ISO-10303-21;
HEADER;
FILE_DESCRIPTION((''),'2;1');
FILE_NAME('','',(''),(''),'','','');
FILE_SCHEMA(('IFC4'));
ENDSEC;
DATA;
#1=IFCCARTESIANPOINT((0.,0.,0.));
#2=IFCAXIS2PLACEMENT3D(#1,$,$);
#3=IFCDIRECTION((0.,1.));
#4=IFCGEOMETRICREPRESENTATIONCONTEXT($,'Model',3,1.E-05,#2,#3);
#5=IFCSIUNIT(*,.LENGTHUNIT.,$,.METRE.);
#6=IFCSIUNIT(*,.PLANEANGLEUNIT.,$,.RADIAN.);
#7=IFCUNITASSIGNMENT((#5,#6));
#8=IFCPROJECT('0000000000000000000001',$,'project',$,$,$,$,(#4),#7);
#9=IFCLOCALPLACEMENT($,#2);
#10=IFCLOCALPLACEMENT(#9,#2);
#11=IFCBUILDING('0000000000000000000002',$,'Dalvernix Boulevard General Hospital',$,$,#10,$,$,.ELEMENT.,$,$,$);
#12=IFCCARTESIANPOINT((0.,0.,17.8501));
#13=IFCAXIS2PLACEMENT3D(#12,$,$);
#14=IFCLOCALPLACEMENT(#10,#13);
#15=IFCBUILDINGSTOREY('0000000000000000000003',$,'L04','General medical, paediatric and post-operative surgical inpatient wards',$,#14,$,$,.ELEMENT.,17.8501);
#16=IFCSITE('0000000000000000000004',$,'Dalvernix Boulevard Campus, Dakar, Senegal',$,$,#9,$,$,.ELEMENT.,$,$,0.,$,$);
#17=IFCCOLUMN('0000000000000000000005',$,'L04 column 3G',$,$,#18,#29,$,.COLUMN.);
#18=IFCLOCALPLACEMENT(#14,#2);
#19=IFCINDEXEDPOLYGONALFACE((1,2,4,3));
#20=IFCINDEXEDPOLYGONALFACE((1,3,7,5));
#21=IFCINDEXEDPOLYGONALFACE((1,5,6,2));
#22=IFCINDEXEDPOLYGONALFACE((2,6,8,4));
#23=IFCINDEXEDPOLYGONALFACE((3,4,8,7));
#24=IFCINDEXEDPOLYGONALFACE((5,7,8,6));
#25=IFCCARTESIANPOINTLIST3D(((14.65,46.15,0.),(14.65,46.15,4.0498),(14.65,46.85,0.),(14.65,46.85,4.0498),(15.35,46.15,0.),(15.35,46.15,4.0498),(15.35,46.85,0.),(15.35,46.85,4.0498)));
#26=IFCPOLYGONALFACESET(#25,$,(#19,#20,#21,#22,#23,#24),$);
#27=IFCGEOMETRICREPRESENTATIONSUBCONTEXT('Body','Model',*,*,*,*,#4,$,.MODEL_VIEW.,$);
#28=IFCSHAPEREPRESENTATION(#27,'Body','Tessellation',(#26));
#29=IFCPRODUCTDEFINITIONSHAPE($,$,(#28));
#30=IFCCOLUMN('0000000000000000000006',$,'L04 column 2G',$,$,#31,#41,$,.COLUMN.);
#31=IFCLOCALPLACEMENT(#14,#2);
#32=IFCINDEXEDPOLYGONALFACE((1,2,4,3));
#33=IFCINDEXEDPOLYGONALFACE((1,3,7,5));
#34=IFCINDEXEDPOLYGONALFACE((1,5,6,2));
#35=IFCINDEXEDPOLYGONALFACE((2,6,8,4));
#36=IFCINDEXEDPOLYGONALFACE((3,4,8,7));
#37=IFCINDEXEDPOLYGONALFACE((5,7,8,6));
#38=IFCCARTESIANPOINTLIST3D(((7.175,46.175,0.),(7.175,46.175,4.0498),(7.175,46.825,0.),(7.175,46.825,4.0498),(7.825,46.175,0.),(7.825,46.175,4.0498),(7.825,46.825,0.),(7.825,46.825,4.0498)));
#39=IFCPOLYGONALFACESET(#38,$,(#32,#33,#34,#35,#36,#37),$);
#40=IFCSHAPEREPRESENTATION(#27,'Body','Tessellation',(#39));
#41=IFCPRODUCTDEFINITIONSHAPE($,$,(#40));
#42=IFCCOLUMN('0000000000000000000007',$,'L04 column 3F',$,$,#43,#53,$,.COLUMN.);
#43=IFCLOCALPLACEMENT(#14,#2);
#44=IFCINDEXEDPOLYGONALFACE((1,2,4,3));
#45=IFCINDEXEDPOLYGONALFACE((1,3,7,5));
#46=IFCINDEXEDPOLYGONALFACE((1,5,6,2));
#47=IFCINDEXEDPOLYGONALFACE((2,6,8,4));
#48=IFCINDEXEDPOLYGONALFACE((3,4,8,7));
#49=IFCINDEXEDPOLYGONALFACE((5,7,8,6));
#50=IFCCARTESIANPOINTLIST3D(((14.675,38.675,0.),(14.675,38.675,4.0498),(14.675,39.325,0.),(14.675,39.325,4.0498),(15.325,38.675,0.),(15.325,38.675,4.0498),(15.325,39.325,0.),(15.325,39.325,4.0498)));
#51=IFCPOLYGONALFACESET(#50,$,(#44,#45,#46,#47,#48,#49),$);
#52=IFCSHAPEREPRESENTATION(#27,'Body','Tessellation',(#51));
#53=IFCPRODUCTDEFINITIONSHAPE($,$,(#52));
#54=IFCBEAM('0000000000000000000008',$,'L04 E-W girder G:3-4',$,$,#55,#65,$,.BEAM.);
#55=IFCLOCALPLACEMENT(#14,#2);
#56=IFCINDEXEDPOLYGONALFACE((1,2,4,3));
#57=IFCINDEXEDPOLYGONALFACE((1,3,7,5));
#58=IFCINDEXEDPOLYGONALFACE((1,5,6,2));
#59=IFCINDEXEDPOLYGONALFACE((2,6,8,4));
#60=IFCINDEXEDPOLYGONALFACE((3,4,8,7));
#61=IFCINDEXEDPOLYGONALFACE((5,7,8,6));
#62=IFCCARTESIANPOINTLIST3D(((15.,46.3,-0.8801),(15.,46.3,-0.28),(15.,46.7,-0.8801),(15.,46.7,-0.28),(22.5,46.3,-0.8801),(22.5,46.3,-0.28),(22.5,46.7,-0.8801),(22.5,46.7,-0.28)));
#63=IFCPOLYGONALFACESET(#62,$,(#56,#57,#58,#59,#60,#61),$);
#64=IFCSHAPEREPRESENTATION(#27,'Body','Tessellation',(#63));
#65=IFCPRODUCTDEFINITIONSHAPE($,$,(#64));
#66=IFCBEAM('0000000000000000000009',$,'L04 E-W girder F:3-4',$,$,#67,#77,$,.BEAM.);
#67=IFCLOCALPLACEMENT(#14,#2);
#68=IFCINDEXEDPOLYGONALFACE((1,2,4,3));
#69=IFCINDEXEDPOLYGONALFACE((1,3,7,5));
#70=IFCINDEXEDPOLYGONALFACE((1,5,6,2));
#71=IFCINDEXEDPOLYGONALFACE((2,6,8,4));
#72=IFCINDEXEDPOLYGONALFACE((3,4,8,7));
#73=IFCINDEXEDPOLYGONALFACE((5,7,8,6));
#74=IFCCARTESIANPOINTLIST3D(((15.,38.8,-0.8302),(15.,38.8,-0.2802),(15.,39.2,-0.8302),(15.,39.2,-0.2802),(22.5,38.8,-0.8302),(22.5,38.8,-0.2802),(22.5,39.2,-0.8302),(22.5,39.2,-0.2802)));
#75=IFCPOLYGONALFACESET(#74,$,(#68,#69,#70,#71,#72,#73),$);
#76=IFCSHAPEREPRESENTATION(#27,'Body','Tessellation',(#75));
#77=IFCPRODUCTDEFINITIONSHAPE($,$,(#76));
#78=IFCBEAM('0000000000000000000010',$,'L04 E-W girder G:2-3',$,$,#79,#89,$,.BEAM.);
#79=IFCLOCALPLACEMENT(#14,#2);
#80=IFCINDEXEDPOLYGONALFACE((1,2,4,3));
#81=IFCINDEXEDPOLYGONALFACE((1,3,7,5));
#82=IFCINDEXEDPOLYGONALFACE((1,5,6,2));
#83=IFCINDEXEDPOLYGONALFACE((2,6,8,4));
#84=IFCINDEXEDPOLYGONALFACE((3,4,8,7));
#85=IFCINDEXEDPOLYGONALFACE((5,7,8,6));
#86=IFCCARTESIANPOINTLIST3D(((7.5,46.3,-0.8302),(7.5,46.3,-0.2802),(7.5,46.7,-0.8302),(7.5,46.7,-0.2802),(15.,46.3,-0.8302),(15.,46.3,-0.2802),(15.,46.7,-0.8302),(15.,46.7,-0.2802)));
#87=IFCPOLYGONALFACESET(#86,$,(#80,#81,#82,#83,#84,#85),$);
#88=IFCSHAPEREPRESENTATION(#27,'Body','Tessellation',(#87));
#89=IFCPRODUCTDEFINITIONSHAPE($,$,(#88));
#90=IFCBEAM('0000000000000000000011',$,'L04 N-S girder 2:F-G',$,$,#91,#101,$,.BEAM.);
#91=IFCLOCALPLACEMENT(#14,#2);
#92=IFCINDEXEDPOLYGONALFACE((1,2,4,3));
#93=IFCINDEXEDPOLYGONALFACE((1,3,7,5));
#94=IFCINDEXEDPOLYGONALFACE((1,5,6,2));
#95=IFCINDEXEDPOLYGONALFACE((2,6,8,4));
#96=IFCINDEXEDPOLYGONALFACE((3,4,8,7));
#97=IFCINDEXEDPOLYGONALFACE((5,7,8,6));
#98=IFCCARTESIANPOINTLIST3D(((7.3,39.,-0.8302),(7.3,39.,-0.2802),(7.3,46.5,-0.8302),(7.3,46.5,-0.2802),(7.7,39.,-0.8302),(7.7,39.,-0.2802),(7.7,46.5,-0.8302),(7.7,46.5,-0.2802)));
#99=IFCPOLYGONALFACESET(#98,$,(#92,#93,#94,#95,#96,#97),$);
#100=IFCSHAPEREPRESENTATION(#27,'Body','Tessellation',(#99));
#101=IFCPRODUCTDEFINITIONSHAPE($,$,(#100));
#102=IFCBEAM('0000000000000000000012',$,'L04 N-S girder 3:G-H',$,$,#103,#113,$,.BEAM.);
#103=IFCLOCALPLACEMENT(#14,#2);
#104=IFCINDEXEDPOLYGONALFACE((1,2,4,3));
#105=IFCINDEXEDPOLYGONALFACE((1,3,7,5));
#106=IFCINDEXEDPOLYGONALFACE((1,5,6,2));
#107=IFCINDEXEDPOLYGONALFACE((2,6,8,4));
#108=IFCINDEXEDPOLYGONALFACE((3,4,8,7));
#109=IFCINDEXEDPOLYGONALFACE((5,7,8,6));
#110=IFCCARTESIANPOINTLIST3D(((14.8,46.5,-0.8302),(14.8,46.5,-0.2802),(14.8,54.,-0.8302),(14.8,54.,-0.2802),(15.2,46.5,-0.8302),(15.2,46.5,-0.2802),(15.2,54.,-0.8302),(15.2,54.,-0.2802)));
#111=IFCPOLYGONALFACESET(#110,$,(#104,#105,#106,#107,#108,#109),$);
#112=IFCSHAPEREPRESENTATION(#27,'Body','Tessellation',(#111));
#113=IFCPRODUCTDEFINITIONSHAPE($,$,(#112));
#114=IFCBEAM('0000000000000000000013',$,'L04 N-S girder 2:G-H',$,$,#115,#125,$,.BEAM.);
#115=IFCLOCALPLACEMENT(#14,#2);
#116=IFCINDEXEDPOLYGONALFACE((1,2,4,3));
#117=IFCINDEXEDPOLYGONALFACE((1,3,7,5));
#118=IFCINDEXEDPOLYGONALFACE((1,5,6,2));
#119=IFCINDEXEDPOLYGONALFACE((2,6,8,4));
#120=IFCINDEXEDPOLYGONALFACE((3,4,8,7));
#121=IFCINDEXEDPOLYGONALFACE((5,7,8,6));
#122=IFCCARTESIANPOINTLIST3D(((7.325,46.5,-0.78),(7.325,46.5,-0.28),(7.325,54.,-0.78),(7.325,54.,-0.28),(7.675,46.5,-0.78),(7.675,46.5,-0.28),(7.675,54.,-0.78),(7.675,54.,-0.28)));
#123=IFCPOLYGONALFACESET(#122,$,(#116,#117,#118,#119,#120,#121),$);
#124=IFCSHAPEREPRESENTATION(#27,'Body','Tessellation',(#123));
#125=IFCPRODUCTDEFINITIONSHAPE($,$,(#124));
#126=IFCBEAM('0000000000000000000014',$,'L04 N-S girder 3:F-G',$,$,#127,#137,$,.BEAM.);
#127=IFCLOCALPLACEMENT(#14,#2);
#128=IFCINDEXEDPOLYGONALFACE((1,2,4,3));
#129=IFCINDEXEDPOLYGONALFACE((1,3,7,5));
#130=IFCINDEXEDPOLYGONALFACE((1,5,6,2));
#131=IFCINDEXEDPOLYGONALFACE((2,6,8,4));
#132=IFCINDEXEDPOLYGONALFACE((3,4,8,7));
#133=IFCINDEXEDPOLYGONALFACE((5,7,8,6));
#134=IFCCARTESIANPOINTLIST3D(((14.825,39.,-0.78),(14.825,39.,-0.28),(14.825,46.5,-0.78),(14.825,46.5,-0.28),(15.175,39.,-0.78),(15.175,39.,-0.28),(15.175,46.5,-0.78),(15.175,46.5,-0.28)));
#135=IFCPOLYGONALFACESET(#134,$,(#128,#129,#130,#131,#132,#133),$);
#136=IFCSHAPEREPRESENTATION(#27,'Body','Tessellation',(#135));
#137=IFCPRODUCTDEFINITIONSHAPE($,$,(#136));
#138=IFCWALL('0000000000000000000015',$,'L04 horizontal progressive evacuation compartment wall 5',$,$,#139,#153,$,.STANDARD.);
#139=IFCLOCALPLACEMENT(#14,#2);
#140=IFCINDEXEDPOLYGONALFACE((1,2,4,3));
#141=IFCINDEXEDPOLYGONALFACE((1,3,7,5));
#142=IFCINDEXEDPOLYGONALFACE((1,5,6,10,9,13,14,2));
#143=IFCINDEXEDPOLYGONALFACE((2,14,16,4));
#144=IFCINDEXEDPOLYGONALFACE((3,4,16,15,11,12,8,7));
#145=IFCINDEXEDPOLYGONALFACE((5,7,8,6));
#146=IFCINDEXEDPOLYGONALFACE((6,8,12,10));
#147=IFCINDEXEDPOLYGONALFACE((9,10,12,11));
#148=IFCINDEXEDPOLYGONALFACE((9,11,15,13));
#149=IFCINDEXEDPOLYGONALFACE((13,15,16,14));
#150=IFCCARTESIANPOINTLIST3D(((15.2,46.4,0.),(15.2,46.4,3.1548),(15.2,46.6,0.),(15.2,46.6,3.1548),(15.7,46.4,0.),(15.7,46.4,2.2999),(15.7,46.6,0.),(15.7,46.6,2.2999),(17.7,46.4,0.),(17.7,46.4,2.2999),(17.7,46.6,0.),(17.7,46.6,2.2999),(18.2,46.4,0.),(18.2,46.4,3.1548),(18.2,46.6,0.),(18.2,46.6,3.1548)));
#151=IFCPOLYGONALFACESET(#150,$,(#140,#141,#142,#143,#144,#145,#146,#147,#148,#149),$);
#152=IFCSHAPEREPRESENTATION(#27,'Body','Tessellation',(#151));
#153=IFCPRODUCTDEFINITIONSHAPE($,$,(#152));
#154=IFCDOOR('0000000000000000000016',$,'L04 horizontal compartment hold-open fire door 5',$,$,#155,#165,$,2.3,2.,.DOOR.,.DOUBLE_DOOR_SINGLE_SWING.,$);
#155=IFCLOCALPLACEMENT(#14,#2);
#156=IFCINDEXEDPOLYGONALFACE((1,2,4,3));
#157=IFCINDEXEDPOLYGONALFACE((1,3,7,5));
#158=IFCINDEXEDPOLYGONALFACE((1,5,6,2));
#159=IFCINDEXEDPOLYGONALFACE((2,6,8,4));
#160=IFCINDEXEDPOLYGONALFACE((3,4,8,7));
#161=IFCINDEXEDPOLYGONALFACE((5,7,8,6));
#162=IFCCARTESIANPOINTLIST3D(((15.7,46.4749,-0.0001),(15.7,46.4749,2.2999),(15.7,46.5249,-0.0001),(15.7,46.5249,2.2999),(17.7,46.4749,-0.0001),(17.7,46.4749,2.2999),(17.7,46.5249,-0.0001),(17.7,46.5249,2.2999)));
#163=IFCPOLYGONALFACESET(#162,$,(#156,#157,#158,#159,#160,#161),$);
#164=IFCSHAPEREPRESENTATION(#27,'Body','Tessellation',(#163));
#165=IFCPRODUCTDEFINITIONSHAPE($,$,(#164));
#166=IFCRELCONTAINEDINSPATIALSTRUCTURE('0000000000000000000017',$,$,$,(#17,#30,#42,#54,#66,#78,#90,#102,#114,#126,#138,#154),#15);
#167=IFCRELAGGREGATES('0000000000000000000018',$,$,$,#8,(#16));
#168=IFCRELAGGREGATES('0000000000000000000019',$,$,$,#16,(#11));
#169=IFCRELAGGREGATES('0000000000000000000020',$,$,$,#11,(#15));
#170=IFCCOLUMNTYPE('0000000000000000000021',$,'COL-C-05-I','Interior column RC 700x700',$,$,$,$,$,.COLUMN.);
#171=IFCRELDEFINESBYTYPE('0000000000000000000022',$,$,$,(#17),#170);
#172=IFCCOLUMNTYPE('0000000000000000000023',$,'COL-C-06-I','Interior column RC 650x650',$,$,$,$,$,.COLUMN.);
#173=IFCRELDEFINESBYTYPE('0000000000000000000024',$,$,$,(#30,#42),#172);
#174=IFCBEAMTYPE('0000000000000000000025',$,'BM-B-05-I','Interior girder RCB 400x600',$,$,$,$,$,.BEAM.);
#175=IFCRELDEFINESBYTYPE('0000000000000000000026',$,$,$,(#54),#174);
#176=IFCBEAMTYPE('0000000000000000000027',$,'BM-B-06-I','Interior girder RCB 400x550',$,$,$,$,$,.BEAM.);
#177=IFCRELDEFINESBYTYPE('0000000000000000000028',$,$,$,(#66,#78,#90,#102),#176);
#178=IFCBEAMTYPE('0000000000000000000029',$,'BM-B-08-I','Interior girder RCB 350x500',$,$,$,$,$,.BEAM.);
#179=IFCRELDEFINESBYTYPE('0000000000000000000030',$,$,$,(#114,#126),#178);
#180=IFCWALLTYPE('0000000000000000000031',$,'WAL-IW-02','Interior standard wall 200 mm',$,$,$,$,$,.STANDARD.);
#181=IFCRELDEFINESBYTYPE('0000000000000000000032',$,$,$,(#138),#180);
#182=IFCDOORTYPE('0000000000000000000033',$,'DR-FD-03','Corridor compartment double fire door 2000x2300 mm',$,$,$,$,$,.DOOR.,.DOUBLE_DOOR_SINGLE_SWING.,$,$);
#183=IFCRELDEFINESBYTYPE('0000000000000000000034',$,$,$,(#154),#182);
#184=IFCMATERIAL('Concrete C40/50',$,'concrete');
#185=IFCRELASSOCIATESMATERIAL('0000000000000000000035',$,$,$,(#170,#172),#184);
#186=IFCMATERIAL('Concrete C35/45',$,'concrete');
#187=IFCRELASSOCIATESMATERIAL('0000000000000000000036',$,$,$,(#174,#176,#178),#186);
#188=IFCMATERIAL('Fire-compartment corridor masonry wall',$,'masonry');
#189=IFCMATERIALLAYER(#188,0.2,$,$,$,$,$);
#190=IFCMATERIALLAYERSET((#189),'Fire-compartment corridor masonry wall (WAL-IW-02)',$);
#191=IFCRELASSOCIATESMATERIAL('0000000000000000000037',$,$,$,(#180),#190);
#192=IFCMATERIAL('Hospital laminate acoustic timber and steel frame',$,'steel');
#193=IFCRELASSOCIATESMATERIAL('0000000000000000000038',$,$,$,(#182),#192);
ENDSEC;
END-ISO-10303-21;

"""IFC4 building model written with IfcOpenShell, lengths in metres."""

from ifc_helpers import new_model, si_unit, direction, frame, frame_2d, origin, origin_2d, place, context, subcontext, project, spatial, rectangle, extrude, material, layer, layer_set, material_profile, profile_set, type_object, element, fill, save


model = new_model("IFC4")

# Units and contexts
model_context = context("Model", 3, precision=1e-05, world=origin(), true_north=direction((0.0, 1.0)))
body_context = subcontext(model_context, "Body", "Model", "MODEL_VIEW")
ifc_project = project(units=[si_unit("LENGTHUNIT", "METRE"), si_unit("PLANEANGLEUNIT", "RADIAN")], contexts=[model_context])

# Site, building, storey
site_placement = place(None, origin())
site = spatial("IfcSite", under=ifc_project, at=site_placement, Name="Dalvernix Boulevard Campus, Dakar, Senegal", CompositionType="ELEMENT", RefElevation=0.0)
building_placement = place(site_placement, origin())
building = spatial("IfcBuilding", under=site, at=building_placement, Name="Dalvernix Boulevard General Hospital", CompositionType="ELEMENT")
storey_placement = place(building_placement, frame((0.0, 0.0, 17.8501)))
storey = spatial("IfcBuildingStorey", under=building, at=storey_placement, Name="L04", Description="General medical, paediatric and post-operative surgical inpatient wards", CompositionType="ELEMENT", Elevation=17.8501)

# Columns
ifc_material_1 = material(Name="Concrete C40/50", Category="concrete")
ifc_material_profile_1 = material_profile(ifc_material_1, rectangle(XDim=0.7, YDim=0.7, at=origin_2d()), Name="RC 700x700")
ifc_profile_set_1 = profile_set([ifc_material_profile_1], Name="Concrete C40/50")
column_type_1 = type_object("IfcColumnType", Name="COL-C-05-I", Description="Interior column RC 700x700", PredefinedType="COLUMN", material=ifc_profile_set_1)
column_placement = place(storey_placement, frame((15.0, 46.5, 0.0), z_axis=(0.0, 0.0, 1.0), x_axis=(1.0, 0.0, 0.0)))
element("IfcColumn", 1, at=column_placement, inside=storey, type_object=column_type_1, Name="L04 column 3G", PredefinedType="COLUMN", context=body_context, shape_type="SweptSolid", body=[
    extrude(rectangle(XDim=0.7, YDim=0.7, at=origin_2d()), origin(), (0.0, 0.0, 1.0), 4.0498),
])
ifc_material_profile_2 = material_profile(ifc_material_1, rectangle(XDim=0.6499, YDim=0.6499, at=origin_2d()), Name="RC 650x650")
ifc_profile_set_2 = profile_set([ifc_material_profile_2], Name="Concrete C40/50")
column_type_2 = type_object("IfcColumnType", Name="COL-C-06-I", Description="Interior column RC 650x650", PredefinedType="COLUMN", material=ifc_profile_set_2)
for number, where, z_axis, x_axis, name in (
    (2, (7.5, 46.5, 0.0), (0.0, 0.0, 1.0), (1.0, 0.0, 0.0), "L04 column 2G"),
    (3, (15.0, 39.0, 0.0), (0.0, 0.0, 1.0), (1.0, 0.0, 0.0), "L04 column 3F"),
):
    element("IfcColumn", number, at=place(storey_placement, frame(where, z_axis=z_axis, x_axis=x_axis)), inside=storey, type_object=column_type_2, Name=name, PredefinedType="COLUMN", context=body_context, shape_type="SweptSolid", body=[
        extrude(rectangle(XDim=0.6499, YDim=0.6499, at=origin_2d()), origin(), (0.0, 0.0, 1.0), 4.0498),
    ])

# Beams
ifc_material_2 = material(Name="Concrete C35/45", Category="concrete")
ifc_material_profile_3 = material_profile(ifc_material_2, rectangle(XDim=0.3999, YDim=0.6001, at=origin_2d()), Name="RCB 400x600")
ifc_profile_set_3 = profile_set([ifc_material_profile_3], Name="Concrete C35/45")
beam_type_1 = type_object("IfcBeamType", Name="BM-B-05-I", Description="Interior girder RCB 400x600", PredefinedType="BEAM", material=ifc_profile_set_3)
beam_placement = place(storey_placement, frame((15.0, 46.5, -0.5801), z_axis=(1.0, 0.0, 0.0), x_axis=(0.0, 1.0, 0.0)))
element("IfcBeam", 4, at=beam_placement, inside=storey, type_object=beam_type_1, Name="L04 E-W girder G:3-4", PredefinedType="BEAM", context=body_context, shape_type="SweptSolid", body=[
    extrude(rectangle(XDim=0.3999, YDim=0.6001, at=origin_2d()), origin(), (0.0, 0.0, 1.0), 7.5),
])
ifc_material_profile_4 = material_profile(ifc_material_2, rectangle(XDim=0.3999, YDim=0.55, at=origin_2d()), Name="RCB 400x550")
ifc_profile_set_4 = profile_set([ifc_material_profile_4], Name="Concrete C35/45")
beam_type_2 = type_object("IfcBeamType", Name="BM-B-06-I", Description="Interior girder RCB 400x550", PredefinedType="BEAM", material=ifc_profile_set_4)
for number, where, z_axis, x_axis, name in (
    (5, (15.0, 39.0, -0.5552), (1.0, 0.0, 0.0), (0.0, 1.0, 0.0), "L04 E-W girder F:3-4"),
    (6, (7.5, 46.5, -0.5552), (1.0, 0.0, 0.0), (0.0, 1.0, 0.0), "L04 E-W girder G:2-3"),
    (7, (7.5, 39.0, -0.5552), (0.0, 1.0, 0.0), (-1.0, 0.0, 0.0), "L04 N-S girder 2:F-G"),
    (8, (15.0, 46.5, -0.5552), (0.0, 1.0, 0.0), (-1.0, 0.0, 0.0), "L04 N-S girder 3:G-H"),
):
    element("IfcBeam", number, at=place(storey_placement, frame(where, z_axis=z_axis, x_axis=x_axis)), inside=storey, type_object=beam_type_2, Name=name, PredefinedType="BEAM", context=body_context, shape_type="SweptSolid", body=[
        extrude(rectangle(XDim=0.3999, YDim=0.55, at=origin_2d()), origin(), (0.0, 0.0, 1.0), 7.5),
    ])
ifc_material_profile_5 = material_profile(ifc_material_2, rectangle(XDim=0.3501, YDim=0.5, at=origin_2d()), Name="RCB 350x500")
ifc_profile_set_5 = profile_set([ifc_material_profile_5], Name="Concrete C35/45")
beam_type_3 = type_object("IfcBeamType", Name="BM-B-08-I", Description="Interior girder RCB 350x500", PredefinedType="BEAM", material=ifc_profile_set_5)
for number, where, z_axis, x_axis, name in (
    (9, (7.5, 46.5, -0.53), (0.0, 1.0, 0.0), (-1.0, 0.0, 0.0), "L04 N-S girder 2:G-H"),
    (10, (15.0, 39.0, -0.53), (0.0, 1.0, 0.0), (-1.0, 0.0, 0.0), "L04 N-S girder 3:F-G"),
):
    element("IfcBeam", number, at=place(storey_placement, frame(where, z_axis=z_axis, x_axis=x_axis)), inside=storey, type_object=beam_type_3, Name=name, PredefinedType="BEAM", context=body_context, shape_type="SweptSolid", body=[
        extrude(rectangle(XDim=0.3501, YDim=0.5, at=origin_2d()), origin(), (0.0, 0.0, 1.0), 7.5),
    ])

# Wall, opening, door
ifc_material_3 = material(Name="Fire-compartment corridor masonry wall", Category="masonry")
ifc_layer_1 = layer(ifc_material_3, 0.2)
ifc_layer_set_1 = layer_set([ifc_layer_1], Name="Fire-compartment corridor masonry wall (WAL-IW-02)")
wall_type_1 = type_object("IfcWallType", Name="WAL-IW-02", Description="Interior standard wall 200 mm", PredefinedType="STANDARD", material=ifc_layer_set_1)
wall_1_placement = place(storey_placement, frame((15.2, 46.5, 0.0), z_axis=(0.0, 0.0, 1.0), x_axis=(1.0, 0.0, 0.0)))
wall_1 = element("IfcWall", 11, at=wall_1_placement, inside=storey, type_object=wall_type_1, Name="L04 horizontal progressive evacuation compartment wall 5", PredefinedType="STANDARD", context=body_context, shape_type="SweptSolid", body=[
    extrude(rectangle(XDim=3.0, YDim=0.2, at=frame_2d((1.5, 0.0))), origin(), (0.0, 0.0, 1.0), 3.1548),
])
opening_1_placement = place(wall_1_placement, frame((0.5, 0.0, 0.0)))
opening_1 = element("IfcOpeningElement", 12, at=opening_1_placement, cuts=wall_1, PredefinedType="OPENING", context=body_context, shape_type="SweptSolid", body=[
    extrude(rectangle(XDim=2.0, YDim=2.3, at=frame_2d((1.0, 1.1499))), frame((0.0, 0.1099, 0.0), z_axis=(0.0, -1.0, 0.0), x_axis=(1.0, 0.0, 0.0)), (0.0, 0.0, 1.0), 0.22),
])
ifc_material_4 = material(Name="Hospital laminate acoustic timber and steel frame", Category="steel")
door_type_1 = type_object("IfcDoorType", Name="DR-FD-03", Description="Corridor compartment double fire door 2000x2300 mm", OperationType="DOUBLE_DOOR_SINGLE_SWING", PredefinedType="DOOR", material=ifc_material_4)
door_1_placement = place(opening_1_placement, origin())
door_1 = element("IfcDoor", 13, at=door_1_placement, inside=storey, type_object=door_type_1, Name="L04 horizontal compartment hold-open fire door 5", OperationType="DOUBLE_DOOR_SINGLE_SWING", OverallHeight=2.3, OverallWidth=2.0, PredefinedType="DOOR", context=body_context, shape_type="SweptSolid", body=[
    extrude(rectangle(XDim=2.0, YDim=2.3, at=frame_2d((1.0, 1.1499))), frame((0.0, 0.0249, 0.0), z_axis=(0.0, -1.0, 0.0), x_axis=(1.0, 0.0, 0.0)), (0.0, 0.0, 1.0), 0.05),
])
fill(opening_1, door_1)

save(model, "model.ifc")
